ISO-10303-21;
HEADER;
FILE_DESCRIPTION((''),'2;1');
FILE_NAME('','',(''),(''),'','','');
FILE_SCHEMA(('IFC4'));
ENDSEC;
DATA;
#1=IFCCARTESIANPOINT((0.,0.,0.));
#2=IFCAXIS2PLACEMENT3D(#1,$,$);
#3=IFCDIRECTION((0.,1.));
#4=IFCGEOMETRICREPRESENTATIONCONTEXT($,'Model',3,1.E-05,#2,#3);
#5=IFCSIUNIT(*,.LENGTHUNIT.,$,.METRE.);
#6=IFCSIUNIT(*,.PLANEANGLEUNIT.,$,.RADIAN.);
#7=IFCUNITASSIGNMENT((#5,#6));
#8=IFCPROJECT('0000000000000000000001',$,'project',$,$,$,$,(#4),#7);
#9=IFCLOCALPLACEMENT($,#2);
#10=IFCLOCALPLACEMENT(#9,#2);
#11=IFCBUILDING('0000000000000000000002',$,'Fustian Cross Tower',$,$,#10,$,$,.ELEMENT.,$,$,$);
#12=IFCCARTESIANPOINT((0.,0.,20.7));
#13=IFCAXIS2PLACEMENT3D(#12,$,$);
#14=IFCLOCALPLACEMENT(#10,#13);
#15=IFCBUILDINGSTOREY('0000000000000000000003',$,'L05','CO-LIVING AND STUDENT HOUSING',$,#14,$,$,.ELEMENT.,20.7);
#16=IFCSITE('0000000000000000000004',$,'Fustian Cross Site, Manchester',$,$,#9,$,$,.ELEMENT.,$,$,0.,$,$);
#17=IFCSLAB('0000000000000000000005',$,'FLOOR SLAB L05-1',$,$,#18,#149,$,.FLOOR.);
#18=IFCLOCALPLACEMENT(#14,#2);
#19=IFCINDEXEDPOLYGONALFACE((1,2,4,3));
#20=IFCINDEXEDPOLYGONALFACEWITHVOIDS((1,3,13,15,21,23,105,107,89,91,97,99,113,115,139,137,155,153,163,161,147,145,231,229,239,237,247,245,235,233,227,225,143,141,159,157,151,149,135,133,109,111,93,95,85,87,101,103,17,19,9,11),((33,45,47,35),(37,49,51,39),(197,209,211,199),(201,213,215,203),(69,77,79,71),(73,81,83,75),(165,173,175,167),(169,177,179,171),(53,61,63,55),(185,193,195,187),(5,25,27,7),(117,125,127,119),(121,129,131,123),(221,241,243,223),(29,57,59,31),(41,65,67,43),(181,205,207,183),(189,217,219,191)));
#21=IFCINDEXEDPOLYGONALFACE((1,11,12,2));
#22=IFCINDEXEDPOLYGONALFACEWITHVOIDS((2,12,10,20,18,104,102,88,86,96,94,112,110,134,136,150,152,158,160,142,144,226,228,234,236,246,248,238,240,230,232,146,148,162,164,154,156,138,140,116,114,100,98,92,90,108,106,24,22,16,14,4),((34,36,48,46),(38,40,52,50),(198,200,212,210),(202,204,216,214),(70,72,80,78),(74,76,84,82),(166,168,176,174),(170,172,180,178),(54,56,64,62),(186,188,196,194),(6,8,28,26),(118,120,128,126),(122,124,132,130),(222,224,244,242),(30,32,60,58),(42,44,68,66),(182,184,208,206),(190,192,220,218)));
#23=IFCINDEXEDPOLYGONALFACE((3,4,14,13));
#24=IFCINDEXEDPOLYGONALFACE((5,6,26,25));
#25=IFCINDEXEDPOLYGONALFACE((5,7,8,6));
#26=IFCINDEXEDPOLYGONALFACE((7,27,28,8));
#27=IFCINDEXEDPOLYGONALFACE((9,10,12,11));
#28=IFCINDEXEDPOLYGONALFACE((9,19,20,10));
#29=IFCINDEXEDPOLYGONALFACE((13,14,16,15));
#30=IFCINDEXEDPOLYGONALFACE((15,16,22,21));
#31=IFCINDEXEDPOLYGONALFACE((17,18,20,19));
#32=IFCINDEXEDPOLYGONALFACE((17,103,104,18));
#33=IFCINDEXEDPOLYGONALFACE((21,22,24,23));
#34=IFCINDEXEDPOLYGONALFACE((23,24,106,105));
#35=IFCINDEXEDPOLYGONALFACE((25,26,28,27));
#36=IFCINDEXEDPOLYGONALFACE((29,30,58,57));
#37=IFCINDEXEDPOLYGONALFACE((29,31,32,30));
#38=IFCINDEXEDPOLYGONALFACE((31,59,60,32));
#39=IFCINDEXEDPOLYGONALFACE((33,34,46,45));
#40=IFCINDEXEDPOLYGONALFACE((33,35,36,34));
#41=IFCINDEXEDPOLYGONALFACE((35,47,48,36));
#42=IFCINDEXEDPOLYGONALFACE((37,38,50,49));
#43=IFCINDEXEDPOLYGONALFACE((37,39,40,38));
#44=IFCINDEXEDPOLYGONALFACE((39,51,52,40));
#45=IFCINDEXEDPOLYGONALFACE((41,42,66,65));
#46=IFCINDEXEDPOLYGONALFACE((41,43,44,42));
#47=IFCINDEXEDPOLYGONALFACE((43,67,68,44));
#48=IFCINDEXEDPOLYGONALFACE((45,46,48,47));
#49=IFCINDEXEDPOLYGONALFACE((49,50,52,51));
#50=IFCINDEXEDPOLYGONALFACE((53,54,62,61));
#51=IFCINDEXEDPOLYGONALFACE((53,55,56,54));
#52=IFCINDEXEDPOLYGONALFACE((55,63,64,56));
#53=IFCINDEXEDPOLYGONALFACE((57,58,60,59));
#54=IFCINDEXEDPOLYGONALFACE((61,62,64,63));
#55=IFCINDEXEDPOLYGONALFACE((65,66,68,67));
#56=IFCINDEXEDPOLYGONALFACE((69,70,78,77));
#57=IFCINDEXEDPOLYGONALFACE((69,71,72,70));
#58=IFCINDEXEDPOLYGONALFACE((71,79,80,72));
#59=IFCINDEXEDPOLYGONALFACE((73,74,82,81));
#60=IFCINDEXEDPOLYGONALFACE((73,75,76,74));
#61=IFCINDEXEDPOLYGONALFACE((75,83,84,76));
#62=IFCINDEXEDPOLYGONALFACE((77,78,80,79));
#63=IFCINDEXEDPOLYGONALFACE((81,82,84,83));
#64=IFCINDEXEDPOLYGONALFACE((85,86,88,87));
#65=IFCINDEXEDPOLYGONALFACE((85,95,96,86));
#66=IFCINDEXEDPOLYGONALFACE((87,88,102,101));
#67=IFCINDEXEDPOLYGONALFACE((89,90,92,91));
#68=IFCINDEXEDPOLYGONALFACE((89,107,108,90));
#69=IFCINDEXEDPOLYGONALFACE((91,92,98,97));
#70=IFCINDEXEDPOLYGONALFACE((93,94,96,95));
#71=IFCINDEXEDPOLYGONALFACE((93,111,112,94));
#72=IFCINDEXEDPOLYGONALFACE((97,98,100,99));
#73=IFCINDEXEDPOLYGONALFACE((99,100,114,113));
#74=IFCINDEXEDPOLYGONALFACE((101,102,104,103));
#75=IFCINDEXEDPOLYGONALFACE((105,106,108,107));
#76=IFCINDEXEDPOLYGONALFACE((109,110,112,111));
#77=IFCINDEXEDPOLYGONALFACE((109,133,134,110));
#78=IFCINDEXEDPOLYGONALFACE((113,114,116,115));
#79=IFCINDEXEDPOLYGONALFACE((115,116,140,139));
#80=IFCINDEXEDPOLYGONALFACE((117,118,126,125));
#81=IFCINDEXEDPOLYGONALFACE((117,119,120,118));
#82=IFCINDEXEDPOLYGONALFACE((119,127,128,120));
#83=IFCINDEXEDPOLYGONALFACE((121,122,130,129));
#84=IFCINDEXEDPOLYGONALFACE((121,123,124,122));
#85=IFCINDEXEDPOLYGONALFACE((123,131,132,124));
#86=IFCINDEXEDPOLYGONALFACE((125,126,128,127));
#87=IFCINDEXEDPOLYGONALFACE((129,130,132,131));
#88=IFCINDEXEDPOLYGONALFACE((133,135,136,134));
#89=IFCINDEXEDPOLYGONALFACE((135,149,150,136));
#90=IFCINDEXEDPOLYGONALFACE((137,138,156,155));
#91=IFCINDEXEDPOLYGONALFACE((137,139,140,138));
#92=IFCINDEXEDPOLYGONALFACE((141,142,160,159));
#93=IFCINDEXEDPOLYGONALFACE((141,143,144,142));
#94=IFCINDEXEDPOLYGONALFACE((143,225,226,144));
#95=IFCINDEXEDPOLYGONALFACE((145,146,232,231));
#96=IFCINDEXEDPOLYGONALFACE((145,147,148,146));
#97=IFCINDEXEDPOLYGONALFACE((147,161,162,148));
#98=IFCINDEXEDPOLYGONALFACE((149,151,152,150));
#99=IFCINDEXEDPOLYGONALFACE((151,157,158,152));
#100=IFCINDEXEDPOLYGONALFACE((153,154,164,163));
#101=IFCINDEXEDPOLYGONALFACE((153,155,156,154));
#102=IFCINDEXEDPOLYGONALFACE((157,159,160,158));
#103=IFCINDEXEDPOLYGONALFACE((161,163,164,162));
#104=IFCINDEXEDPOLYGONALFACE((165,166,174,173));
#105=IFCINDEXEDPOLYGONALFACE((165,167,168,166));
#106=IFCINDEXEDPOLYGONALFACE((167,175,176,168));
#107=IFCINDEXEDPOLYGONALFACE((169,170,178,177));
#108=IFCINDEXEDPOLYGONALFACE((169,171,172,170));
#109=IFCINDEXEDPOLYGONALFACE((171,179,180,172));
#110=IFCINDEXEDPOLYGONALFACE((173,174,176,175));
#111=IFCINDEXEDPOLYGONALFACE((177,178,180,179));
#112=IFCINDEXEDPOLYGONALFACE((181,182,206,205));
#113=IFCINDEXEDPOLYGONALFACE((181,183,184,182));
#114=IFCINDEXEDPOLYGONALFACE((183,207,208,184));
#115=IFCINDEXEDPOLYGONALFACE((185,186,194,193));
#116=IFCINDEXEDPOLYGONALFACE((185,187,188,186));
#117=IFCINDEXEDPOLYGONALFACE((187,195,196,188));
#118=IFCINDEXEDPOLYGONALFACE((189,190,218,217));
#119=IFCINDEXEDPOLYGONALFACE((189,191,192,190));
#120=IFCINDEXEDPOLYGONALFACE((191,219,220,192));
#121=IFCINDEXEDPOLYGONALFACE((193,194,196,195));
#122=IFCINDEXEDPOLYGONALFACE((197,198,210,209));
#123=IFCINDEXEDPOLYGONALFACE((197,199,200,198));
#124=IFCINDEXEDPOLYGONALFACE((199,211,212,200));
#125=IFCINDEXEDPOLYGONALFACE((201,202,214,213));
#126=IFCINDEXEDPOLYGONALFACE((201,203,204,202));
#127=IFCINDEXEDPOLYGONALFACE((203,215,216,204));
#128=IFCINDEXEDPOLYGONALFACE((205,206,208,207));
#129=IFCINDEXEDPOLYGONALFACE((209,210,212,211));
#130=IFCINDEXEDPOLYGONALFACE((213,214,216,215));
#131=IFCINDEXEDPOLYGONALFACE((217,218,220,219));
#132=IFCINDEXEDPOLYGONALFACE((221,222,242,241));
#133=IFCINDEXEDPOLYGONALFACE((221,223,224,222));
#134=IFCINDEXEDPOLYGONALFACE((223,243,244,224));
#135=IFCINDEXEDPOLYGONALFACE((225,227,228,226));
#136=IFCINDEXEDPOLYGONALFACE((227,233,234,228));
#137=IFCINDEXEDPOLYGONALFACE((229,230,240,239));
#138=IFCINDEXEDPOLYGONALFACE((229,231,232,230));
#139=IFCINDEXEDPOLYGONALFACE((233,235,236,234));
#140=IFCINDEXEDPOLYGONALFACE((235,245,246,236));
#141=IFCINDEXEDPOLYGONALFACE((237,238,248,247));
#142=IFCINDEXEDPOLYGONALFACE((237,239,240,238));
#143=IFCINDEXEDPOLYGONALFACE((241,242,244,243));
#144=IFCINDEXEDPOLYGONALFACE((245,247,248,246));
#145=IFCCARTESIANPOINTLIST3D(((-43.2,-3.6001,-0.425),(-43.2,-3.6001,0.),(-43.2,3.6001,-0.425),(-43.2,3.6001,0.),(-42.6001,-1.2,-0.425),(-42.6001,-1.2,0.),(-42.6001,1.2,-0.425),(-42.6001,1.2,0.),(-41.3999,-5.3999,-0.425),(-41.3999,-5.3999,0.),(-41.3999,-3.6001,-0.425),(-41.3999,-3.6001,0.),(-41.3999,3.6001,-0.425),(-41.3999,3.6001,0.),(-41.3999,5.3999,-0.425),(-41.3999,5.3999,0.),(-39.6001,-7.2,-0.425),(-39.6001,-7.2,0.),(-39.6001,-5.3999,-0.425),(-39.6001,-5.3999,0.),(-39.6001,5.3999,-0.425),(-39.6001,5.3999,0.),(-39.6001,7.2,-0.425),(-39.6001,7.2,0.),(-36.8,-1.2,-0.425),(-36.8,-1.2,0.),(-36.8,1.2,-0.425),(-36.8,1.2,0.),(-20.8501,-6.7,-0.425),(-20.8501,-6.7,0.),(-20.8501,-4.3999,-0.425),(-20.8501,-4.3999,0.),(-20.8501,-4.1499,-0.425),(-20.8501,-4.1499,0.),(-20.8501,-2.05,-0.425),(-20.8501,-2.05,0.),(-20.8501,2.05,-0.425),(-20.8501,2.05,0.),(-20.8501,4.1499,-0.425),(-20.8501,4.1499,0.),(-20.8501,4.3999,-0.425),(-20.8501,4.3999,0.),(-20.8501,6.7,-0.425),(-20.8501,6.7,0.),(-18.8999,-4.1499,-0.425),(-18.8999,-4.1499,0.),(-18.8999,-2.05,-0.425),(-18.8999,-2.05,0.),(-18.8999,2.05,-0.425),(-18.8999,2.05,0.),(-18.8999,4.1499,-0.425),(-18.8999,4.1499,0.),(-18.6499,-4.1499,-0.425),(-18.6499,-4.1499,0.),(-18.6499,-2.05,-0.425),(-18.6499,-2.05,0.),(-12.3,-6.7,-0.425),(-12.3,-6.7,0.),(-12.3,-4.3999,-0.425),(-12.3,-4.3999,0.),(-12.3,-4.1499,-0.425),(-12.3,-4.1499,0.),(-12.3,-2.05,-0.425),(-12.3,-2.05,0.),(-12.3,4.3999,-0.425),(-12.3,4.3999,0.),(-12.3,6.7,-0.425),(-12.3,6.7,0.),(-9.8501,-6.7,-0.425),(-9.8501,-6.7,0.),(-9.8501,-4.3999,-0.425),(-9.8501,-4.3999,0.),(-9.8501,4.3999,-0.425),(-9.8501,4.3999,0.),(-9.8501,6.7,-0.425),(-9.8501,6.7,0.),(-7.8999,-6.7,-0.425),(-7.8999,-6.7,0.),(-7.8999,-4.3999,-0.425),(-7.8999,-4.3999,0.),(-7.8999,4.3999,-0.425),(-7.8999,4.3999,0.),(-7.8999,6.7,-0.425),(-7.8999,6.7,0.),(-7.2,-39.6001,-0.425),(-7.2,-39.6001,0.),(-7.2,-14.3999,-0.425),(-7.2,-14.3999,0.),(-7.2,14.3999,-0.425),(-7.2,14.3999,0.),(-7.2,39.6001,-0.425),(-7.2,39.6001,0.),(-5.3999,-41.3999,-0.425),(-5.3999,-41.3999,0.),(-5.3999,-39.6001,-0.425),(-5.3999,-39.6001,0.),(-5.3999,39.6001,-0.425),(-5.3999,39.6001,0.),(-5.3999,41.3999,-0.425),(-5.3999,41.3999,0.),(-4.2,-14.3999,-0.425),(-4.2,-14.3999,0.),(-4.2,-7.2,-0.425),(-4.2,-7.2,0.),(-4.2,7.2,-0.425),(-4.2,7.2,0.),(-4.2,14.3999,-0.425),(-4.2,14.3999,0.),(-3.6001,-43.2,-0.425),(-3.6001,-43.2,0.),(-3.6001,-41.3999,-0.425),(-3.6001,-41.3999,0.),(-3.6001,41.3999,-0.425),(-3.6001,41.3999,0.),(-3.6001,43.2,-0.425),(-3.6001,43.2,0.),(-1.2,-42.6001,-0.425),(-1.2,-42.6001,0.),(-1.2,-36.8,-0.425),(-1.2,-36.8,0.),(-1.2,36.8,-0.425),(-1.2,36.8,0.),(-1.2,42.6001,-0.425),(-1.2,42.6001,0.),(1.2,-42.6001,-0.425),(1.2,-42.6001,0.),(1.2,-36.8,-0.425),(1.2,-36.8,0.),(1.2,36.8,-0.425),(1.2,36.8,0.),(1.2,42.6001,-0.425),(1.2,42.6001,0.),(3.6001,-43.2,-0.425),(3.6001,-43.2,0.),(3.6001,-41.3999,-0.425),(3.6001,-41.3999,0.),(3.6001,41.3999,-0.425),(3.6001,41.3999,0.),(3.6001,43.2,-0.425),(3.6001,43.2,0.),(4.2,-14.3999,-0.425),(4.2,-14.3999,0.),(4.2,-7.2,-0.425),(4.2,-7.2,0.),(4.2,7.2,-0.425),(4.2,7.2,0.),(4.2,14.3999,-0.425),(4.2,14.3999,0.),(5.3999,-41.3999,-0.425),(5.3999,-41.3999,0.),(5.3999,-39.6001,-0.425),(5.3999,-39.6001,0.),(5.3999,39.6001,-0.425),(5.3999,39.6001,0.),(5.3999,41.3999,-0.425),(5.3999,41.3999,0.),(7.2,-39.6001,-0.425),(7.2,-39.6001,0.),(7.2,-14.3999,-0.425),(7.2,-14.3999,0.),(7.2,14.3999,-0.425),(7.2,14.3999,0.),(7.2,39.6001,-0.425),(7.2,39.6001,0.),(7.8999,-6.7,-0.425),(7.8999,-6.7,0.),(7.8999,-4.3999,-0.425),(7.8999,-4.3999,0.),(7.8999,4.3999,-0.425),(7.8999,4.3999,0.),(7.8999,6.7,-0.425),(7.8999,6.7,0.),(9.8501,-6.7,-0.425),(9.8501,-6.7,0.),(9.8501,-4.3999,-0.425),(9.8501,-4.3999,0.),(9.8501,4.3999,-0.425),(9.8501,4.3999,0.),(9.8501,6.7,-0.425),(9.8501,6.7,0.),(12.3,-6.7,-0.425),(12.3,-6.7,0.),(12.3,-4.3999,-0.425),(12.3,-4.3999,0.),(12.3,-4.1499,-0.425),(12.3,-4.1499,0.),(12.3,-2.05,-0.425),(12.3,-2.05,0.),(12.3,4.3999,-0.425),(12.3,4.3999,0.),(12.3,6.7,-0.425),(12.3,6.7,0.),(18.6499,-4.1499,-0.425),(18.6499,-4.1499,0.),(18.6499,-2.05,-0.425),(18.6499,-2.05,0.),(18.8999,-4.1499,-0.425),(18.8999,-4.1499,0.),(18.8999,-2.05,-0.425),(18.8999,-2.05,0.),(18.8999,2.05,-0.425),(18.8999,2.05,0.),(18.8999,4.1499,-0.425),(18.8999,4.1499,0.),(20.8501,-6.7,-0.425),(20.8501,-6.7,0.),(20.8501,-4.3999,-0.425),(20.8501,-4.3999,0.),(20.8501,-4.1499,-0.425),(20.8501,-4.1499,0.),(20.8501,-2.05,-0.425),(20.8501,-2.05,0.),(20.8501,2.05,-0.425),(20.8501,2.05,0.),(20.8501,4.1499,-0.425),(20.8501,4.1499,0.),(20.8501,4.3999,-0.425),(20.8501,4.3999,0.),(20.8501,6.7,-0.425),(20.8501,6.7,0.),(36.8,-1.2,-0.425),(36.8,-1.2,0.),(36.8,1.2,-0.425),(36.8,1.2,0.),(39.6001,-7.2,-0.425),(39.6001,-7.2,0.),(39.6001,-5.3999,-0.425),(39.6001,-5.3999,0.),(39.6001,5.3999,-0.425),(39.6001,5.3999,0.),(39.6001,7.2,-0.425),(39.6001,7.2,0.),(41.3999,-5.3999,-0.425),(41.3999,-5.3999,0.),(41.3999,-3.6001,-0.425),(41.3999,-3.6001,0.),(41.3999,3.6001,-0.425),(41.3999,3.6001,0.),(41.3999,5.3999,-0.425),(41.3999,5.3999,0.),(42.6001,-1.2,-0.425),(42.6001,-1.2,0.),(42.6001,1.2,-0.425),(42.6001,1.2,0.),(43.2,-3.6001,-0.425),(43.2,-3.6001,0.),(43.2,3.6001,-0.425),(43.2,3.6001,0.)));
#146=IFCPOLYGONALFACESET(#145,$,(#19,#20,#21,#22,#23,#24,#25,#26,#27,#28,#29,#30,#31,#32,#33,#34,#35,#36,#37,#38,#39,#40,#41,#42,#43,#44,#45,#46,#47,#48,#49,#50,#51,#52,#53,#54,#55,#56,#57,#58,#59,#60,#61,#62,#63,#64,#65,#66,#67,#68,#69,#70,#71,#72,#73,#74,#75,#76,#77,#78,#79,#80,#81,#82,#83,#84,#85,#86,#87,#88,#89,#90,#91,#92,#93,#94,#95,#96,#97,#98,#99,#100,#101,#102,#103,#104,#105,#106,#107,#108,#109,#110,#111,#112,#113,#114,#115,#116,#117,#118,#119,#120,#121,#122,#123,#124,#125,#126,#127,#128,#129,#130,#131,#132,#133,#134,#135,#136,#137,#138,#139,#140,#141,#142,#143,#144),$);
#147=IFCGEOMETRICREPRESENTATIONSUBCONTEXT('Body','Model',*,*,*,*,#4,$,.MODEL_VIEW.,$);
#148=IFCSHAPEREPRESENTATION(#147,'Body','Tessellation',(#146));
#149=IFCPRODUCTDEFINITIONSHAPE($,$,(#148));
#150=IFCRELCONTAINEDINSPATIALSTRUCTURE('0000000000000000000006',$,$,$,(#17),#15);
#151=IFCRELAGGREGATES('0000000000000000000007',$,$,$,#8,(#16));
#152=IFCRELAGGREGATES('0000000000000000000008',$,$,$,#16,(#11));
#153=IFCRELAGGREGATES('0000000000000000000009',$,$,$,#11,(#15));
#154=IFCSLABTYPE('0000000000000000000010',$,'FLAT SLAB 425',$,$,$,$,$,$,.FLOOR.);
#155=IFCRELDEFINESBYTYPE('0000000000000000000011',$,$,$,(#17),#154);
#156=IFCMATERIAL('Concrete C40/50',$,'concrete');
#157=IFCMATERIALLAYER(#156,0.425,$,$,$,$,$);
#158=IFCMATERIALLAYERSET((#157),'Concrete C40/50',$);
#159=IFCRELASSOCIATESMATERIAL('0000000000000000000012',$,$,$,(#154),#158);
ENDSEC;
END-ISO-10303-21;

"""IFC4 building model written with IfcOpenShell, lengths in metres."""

from ifc_helpers import new_model, si_unit, direction, frame, origin, place, context, subcontext, project, spatial, polyline, outline, extrude, material, layer, layer_set, type_object, element, save


model = new_model("IFC4")

# Units and contexts
model_context = context("Model", 3, precision=1e-05, world=origin(), true_north=direction((0.0, 1.0)))
body_context = subcontext(model_context, "Body", "Model", "MODEL_VIEW")
ifc_project = project(units=[si_unit("LENGTHUNIT", "METRE"), si_unit("PLANEANGLEUNIT", "RADIAN")], contexts=[model_context])

# Site, building, storey
site_placement = place(None, origin())
site = spatial("IfcSite", under=ifc_project, at=site_placement, Name="Fustian Cross Site, Manchester", CompositionType="ELEMENT", RefElevation=0.0)
building_placement = place(site_placement, origin())
building = spatial("IfcBuilding", under=site, at=building_placement, Name="Fustian Cross Tower", CompositionType="ELEMENT")
storey_placement = place(building_placement, frame((0.0, 0.0, 20.7)))
storey = spatial("IfcBuildingStorey", under=building, at=storey_placement, Name="L05", Description="CO-LIVING AND STUDENT HOUSING", CompositionType="ELEMENT", Elevation=20.7)

# Slab
ifc_material_1 = material(Name="Concrete C40/50", Category="concrete")
ifc_layer_1 = layer(ifc_material_1, 0.425)
ifc_layer_set_1 = layer_set([ifc_layer_1], Name="Concrete C40/50")
slab_type_1 = type_object("IfcSlabType", Name="FLAT SLAB 425", PredefinedType="FLOOR", material=ifc_layer_set_1)
slab_1_placement = place(storey_placement, frame((0.0, 0.0, -0.425)))
element("IfcSlab", 1, at=slab_1_placement, inside=storey, type_object=slab_type_1, Name="FLOOR SLAB L05-1", PredefinedType="FLOOR", context=body_context, shape_type="SweptSolid", body=[
    extrude(outline(polyline([(-4.2, -7.2), (-39.6001, -7.2), (-39.6001, -5.3999), (-41.3999, -5.3999), (-41.3999, -3.6001), (-43.2, -3.6001), (-43.2, 3.6001), (-41.3999, 3.6001), (-41.3999, 5.3999), (-39.6001, 5.3999), (-39.6001, 7.2), (-4.2, 7.2), (-4.2, 14.3999), (-7.2, 14.3999), (-7.2, 39.6001), (-5.3999, 39.6001), (-5.3999, 41.3999), (-3.6001, 41.3999), (-3.6001, 43.2), (3.6001, 43.2), (3.6001, 41.3999), (5.3999, 41.3999), (5.3999, 39.6001), (7.2, 39.6001), (7.2, 14.3999), (4.2, 14.3999), (4.2, 7.2), (39.6001, 7.2), (39.6001, 5.3999), (41.3999, 5.3999), (41.3999, 3.6001), (43.2, 3.6001), (43.2, -3.6001), (41.3999, -3.6001), (41.3999, -5.3999), (39.6001, -5.3999), (39.6001, -7.2), (4.2, -7.2), (4.2, -14.3999), (7.2, -14.3999), (7.2, -39.6001), (5.3999, -39.6001), (5.3999, -41.3999), (3.6001, -41.3999), (3.6001, -43.2), (-3.6001, -43.2), (-3.6001, -41.3999), (-5.3999, -41.3999), (-5.3999, -39.6001), (-7.2, -39.6001), (-7.2, -14.3999), (-4.2, -14.3999), (-4.2, -7.2)]), holes=[polyline([(18.8999, -2.05), (18.8999, -4.1499), (20.8501, -4.1499), (20.8501, -2.05), (18.8999, -2.05)]), polyline([(20.8501, 4.1499), (18.8999, 4.1499), (18.8999, 2.05), (20.8501, 2.05), (20.8501, 4.1499)]), polyline([(9.8501, 4.3999), (9.8501, 6.7), (7.8999, 6.7), (7.8999, 4.3999), (9.8501, 4.3999)]), polyline([(7.8999, -6.7), (9.8501, -6.7), (9.8501, -4.3999), (7.8999, -4.3999), (7.8999, -6.7)]), polyline([(-20.8501, -2.05), (-20.8501, -4.1499), (-18.8999, -4.1499), (-18.8999, -2.05), (-20.8501, -2.05)]), polyline([(-18.8999, 4.1499), (-20.8501, 4.1499), (-20.8501, 2.05), (-18.8999, 2.05), (-18.8999, 4.1499)]), polyline([(-7.8999, 4.3999), (-7.8999, 6.7), (-9.8501, 6.7), (-9.8501, 4.3999), (-7.8999, 4.3999)]), polyline([(-9.8501, -6.7), (-7.8999, -6.7), (-7.8999, -4.3999), (-9.8501, -4.3999), (-9.8501, -6.7)]), polyline([(12.3, -2.05), (12.3, -4.1499), (18.6499, -4.1499), (18.6499, -2.05), (12.3, -2.05)]), polyline([(-12.3, -2.05), (-18.6499, -2.05), (-18.6499, -4.1499), (-12.3, -4.1499), (-12.3, -2.05)]), polyline([(20.8501, 4.3999), (20.8501, 6.7), (12.3, 6.7), (12.3, 4.3999), (20.8501, 4.3999)]), polyline([(12.3, -6.7), (20.8501, -6.7), (20.8501, -4.3999), (12.3, -4.3999), (12.3, -6.7)]), polyline([(-20.8501, 6.7), (-20.8501, 4.3999), (-12.3, 4.3999), (-12.3, 6.7), (-20.8501, 6.7)]), polyline([(-12.3, -4.3999), (-20.8501, -4.3999), (-20.8501, -6.7), (-12.3, -6.7), (-12.3, -4.3999)]), polyline([(1.2, 36.8), (1.2, 42.6001), (-1.2, 42.6001), (-1.2, 36.8), (1.2, 36.8)]), polyline([(-1.2, -42.6001), (1.2, -42.6001), (1.2, -36.8), (-1.2, -36.8), (-1.2, -42.6001)]), polyline([(36.8, 1.2), (36.8, -1.2), (42.6001, -1.2), (42.6001, 1.2), (36.8, 1.2)]), polyline([(-36.8, 1.2), (-42.6001, 1.2), (-42.6001, -1.2), (-36.8, -1.2), (-36.8, 1.2)])]), origin(), (0.0, 0.0, 1.0), 0.425),
])

save(model, "model.ifc")
